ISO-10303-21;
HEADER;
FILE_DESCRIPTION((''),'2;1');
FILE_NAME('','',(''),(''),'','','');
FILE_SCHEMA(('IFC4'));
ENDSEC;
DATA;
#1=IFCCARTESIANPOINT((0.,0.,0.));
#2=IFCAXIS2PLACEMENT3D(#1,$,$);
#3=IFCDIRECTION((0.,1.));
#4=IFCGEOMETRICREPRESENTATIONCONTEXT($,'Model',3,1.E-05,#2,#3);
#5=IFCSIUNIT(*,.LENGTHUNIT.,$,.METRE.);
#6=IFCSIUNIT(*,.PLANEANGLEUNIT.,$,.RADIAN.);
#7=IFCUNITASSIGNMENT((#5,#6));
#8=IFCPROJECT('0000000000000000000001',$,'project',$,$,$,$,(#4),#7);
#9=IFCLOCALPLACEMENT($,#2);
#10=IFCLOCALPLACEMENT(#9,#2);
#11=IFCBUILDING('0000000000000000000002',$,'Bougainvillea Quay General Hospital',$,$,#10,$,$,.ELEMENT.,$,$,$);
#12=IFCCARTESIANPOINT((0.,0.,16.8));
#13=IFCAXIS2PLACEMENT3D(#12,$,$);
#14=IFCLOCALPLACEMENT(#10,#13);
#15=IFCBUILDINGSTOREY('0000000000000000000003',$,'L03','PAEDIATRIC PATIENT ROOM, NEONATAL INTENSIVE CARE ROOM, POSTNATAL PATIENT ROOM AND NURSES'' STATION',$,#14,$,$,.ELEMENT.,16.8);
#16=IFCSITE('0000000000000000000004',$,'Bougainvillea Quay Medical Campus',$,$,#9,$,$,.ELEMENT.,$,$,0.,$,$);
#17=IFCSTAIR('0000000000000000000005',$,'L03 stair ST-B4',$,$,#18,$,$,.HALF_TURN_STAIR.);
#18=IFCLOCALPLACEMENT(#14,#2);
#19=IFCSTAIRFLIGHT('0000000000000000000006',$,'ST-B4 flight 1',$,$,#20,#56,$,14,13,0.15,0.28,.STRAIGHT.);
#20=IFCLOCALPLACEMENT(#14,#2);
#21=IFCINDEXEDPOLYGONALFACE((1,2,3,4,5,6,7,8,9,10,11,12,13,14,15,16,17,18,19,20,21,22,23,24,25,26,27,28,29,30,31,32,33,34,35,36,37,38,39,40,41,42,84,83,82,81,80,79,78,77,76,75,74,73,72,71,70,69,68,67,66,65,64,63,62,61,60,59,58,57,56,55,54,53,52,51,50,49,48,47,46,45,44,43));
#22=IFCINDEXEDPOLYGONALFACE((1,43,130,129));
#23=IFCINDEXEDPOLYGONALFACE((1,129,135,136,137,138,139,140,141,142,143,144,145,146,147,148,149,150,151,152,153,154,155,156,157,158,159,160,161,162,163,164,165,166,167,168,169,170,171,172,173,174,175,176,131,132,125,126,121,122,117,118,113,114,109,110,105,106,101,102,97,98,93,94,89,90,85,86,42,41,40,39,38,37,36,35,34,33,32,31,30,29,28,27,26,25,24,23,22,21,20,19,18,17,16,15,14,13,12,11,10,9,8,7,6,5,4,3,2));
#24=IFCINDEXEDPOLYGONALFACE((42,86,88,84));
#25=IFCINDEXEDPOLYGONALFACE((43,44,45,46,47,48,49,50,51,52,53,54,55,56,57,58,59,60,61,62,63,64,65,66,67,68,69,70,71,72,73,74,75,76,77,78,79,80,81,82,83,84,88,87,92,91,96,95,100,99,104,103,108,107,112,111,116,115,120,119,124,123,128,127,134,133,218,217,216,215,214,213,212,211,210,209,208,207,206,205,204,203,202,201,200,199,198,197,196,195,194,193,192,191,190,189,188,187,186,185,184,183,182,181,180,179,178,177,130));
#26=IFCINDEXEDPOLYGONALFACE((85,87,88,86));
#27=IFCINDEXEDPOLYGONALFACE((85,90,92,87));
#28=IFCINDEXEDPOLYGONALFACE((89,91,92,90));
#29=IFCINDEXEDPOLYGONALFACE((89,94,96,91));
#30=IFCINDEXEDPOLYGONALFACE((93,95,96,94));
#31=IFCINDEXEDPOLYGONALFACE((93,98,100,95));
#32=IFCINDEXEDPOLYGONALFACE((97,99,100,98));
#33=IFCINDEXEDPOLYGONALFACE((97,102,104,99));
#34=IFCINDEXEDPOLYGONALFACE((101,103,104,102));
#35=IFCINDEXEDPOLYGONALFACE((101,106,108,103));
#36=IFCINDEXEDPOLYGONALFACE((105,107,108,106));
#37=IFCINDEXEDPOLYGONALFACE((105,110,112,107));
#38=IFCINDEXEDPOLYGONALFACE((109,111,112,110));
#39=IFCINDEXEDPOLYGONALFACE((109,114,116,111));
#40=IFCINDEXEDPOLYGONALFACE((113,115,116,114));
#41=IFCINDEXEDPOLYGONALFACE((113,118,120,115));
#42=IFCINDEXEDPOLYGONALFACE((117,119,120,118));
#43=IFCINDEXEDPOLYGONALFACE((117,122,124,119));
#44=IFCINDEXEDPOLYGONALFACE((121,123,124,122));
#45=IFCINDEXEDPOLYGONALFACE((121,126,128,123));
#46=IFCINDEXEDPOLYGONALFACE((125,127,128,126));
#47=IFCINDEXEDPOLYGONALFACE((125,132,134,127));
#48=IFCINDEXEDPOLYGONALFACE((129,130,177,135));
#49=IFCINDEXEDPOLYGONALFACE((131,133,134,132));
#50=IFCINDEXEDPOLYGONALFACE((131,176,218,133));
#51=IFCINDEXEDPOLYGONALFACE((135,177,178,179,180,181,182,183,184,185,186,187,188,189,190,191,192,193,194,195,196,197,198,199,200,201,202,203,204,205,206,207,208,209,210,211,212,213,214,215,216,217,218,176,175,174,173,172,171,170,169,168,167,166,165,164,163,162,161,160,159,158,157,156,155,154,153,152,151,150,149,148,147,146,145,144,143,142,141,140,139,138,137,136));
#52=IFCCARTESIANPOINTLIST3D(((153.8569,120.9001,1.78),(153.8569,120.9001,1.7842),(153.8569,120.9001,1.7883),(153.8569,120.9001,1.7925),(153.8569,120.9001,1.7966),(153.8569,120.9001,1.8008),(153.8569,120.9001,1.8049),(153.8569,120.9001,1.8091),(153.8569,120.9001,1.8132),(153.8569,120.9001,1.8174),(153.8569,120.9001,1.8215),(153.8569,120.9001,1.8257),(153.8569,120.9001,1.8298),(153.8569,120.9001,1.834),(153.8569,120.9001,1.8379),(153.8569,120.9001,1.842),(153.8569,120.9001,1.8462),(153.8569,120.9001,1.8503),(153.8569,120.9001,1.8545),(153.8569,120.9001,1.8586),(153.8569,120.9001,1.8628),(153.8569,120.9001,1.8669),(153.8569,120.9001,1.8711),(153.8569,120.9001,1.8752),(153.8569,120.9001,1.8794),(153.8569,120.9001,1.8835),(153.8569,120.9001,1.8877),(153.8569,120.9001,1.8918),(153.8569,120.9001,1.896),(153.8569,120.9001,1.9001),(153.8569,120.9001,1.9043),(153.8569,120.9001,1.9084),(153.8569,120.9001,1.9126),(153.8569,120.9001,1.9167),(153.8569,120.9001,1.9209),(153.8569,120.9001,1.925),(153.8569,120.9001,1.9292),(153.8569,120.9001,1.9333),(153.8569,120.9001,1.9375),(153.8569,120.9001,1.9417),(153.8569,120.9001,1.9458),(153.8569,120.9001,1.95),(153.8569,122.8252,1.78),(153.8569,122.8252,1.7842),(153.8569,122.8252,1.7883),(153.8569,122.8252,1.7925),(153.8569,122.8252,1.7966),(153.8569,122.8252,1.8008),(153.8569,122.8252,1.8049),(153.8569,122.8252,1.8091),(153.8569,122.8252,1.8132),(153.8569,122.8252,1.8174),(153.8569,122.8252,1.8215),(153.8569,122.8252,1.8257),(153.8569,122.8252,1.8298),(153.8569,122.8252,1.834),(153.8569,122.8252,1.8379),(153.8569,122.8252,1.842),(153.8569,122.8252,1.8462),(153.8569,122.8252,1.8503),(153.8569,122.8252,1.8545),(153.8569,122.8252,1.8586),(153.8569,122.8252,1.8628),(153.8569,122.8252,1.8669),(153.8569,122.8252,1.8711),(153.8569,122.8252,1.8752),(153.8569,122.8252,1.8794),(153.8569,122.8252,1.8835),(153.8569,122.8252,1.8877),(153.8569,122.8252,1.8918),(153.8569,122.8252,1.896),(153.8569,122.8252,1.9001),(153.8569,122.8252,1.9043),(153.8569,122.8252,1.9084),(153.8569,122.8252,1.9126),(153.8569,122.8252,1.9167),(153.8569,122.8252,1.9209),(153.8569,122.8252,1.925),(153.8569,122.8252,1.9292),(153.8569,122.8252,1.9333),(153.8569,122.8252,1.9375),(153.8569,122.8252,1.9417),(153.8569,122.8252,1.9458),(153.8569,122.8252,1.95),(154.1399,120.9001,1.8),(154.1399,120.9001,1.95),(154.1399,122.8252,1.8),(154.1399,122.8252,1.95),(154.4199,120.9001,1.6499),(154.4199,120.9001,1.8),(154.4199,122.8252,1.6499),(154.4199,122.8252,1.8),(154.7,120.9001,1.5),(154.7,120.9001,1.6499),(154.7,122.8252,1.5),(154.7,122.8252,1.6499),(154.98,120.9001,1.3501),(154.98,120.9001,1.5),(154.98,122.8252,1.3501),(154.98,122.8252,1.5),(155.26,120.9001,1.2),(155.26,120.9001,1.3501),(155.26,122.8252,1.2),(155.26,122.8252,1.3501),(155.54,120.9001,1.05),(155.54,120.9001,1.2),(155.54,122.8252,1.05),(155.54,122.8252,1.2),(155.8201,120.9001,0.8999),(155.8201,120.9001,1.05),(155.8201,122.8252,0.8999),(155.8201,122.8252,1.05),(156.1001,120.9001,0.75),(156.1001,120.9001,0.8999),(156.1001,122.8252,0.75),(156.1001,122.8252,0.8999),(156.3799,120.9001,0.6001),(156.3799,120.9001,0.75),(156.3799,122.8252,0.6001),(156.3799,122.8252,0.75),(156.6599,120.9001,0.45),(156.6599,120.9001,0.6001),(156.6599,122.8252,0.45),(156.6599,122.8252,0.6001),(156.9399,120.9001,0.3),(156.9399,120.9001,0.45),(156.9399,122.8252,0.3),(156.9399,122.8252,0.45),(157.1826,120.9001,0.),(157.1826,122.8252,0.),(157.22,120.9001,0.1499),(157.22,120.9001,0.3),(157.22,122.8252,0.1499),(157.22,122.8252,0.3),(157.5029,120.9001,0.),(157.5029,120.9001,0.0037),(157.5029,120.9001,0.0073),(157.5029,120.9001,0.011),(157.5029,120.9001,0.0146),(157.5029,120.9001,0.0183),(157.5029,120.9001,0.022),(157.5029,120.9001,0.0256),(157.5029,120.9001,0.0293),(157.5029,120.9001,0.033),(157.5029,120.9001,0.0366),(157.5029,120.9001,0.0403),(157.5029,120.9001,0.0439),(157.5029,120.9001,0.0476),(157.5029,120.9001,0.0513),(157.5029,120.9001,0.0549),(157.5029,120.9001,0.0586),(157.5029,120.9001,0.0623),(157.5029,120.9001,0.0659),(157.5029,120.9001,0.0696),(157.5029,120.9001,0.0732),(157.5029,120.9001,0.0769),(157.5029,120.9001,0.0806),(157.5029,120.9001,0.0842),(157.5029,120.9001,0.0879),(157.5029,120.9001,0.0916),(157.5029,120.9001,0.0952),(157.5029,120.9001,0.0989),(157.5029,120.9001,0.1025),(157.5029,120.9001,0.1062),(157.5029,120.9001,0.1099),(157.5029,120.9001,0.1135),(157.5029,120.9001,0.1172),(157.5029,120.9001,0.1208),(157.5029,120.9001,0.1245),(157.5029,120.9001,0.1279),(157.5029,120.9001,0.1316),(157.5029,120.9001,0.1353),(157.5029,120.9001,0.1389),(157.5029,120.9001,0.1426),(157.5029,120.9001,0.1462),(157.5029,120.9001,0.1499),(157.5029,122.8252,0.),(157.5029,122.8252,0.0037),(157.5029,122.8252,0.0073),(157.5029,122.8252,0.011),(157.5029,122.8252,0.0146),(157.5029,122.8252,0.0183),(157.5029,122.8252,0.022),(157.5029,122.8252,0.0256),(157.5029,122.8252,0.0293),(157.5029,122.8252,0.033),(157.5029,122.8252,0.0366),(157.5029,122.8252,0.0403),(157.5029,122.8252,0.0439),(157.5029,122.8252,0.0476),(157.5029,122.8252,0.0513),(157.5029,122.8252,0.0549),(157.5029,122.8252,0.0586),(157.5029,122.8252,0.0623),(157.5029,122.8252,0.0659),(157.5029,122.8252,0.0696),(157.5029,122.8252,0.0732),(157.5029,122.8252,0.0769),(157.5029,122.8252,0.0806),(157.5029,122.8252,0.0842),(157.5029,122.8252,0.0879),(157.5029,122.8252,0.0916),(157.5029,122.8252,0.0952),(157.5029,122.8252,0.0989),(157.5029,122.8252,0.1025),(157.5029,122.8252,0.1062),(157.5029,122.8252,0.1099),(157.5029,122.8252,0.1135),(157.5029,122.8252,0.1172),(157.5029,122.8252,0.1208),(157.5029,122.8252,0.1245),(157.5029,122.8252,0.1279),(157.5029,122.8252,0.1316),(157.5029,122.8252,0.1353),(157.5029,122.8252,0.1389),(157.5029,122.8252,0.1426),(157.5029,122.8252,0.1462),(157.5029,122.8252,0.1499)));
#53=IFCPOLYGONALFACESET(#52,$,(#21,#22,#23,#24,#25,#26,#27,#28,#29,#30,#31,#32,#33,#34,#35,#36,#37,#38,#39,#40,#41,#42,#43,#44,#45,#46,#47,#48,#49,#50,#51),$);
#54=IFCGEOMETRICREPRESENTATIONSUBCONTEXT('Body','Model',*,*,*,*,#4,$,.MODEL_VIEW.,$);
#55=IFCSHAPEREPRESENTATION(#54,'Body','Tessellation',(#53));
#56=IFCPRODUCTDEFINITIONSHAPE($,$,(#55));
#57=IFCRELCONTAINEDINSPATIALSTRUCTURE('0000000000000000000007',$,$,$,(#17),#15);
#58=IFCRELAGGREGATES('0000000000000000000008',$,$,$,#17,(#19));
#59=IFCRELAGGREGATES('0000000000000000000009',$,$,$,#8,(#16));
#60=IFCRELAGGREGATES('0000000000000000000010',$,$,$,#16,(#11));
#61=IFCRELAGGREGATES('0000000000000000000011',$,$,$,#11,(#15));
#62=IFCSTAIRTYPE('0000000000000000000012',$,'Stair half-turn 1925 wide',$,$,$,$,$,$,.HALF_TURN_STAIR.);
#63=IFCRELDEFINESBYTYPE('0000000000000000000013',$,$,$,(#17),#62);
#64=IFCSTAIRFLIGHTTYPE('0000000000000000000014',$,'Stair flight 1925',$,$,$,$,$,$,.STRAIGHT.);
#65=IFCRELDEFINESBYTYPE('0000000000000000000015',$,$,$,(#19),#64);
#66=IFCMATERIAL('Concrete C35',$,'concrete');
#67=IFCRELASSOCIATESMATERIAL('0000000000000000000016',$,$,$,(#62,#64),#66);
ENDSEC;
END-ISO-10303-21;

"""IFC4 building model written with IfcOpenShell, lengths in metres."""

from ifc_helpers import new_model, si_unit, direction, frame, origin, place, context, subcontext, project, spatial, polyline, outline, extrude, material, type_object, element, aggregate, save


model = new_model("IFC4")

# Units and contexts
model_context = context("Model", 3, precision=1e-05, world=origin(), true_north=direction((0.0, 1.0)))
body_context = subcontext(model_context, "Body", "Model", "MODEL_VIEW")
ifc_project = project(units=[si_unit("LENGTHUNIT", "METRE"), si_unit("PLANEANGLEUNIT", "RADIAN")], contexts=[model_context])

# Site, building, storey
site_placement = place(None, origin())
site = spatial("IfcSite", under=ifc_project, at=site_placement, Name="Bougainvillea Quay Medical Campus", CompositionType="ELEMENT", RefElevation=0.0)
building_placement = place(site_placement, origin())
building = spatial("IfcBuilding", under=site, at=building_placement, Name="Bougainvillea Quay General Hospital", CompositionType="ELEMENT")
storey_placement = place(building_placement, frame((0.0, 0.0, 16.8)))
storey = spatial("IfcBuildingStorey", under=building, at=storey_placement, Name="L03", Description="PAEDIATRIC PATIENT ROOM, NEONATAL INTENSIVE CARE ROOM, POSTNATAL PATIENT ROOM AND NURSES' STATION", CompositionType="ELEMENT", Elevation=16.8)

# Stair, stair flight
ifc_material_1 = material(Name="Concrete C35", Category="concrete")
stair_type = type_object("IfcStairType", Name="Stair half-turn 1925 wide", PredefinedType="HALF_TURN_STAIR", material=ifc_material_1)
stair_placement = place(storey_placement, origin())
stair = element("IfcStair", 1, at=stair_placement, inside=storey, type_object=stair_type, Name="L03 stair ST-B4", PredefinedType="HALF_TURN_STAIR")
stair_flight_type = type_object("IfcStairFlightType", Name="Stair flight 1925", PredefinedType="STRAIGHT", material=ifc_material_1)
stair_flight_placement = place(storey_placement, frame((157.5, 121.8625, 0.0), z_axis=(0.0, 0.0, 1.0), x_axis=(-1.0, 0.0, 0.0)))
stair_flight = element("IfcStairFlight", 2, at=stair_flight_placement, type_object=stair_flight_type, Name="ST-B4 flight 1", NumberOfRisers=14, NumberOfTreads=13, PredefinedType="STRAIGHT", RiserHeight=0.15, TreadLength=0.28, context=body_context, shape_type="SweptSolid", body=[
    extrude(outline(polyline([(-0.0029, 0.0), (-0.0029, 0.0037), (-0.0029, 0.0073), (-0.0029, 0.011), (-0.0029, 0.0146), (-0.0029, 0.0183), (-0.0029, 0.022), (-0.0029, 0.0256), (-0.0029, 0.0293), (-0.0029, 0.033), (-0.0029, 0.0366), (-0.0029, 0.0403), (-0.0029, 0.0439), (-0.0029, 0.0476), (-0.0029, 0.0513), (-0.0029, 0.0549), (-0.0029, 0.0586), (-0.0029, 0.0623), (-0.0029, 0.0659), (-0.0029, 0.0696), (-0.0029, 0.0732), (-0.0029, 0.0769), (-0.0029, 0.0806), (-0.0029, 0.0842), (-0.0029, 0.0879), (-0.0029, 0.0916), (-0.0029, 0.0952), (-0.0029, 0.0989), (-0.0029, 0.1025), (-0.0029, 0.1062), (-0.0029, 0.1099), (-0.0029, 0.1135), (-0.0029, 0.1172), (-0.0029, 0.1208), (-0.0029, 0.1245), (-0.0029, 0.1279), (-0.0029, 0.1316), (-0.0029, 0.1353), (-0.0029, 0.1389), (-0.0029, 0.1426), (-0.0029, 0.1462), (-0.0029, 0.1499), (0.28, 0.1499), (0.28, 0.3), (0.5601, 0.3), (0.5601, 0.45), (0.8401, 0.45), (0.8401, 0.6001), (1.1201, 0.6001), (1.1201, 0.75), (1.3999, 0.75), (1.3999, 0.8999), (1.6799, 0.8999), (1.6799, 1.05), (1.96, 1.05), (1.96, 1.2), (2.24, 1.2), (2.24, 1.3501), (2.52, 1.3501), (2.52, 1.5), (2.8, 1.5), (2.8, 1.6499), (3.0801, 1.6499), (3.0801, 1.8), (3.3601, 1.8), (3.3601, 1.95), (3.6431, 1.95), (3.6431, 1.9458), (3.6431, 1.9417), (3.6431, 1.9375), (3.6431, 1.9333), (3.6431, 1.9292), (3.6431, 1.925), (3.6431, 1.9209), (3.6431, 1.9167), (3.6431, 1.9126), (3.6431, 1.9084), (3.6431, 1.9043), (3.6431, 1.9001), (3.6431, 1.896), (3.6431, 1.8918), (3.6431, 1.8877), (3.6431, 1.8835), (3.6431, 1.8794), (3.6431, 1.8752), (3.6431, 1.8711), (3.6431, 1.8669), (3.6431, 1.8628), (3.6431, 1.8586), (3.6431, 1.8545), (3.6431, 1.8503), (3.6431, 1.8462), (3.6431, 1.842), (3.6431, 1.8379), (3.6431, 1.834), (3.6431, 1.8298), (3.6431, 1.8257), (3.6431, 1.8215), (3.6431, 1.8174), (3.6431, 1.8132), (3.6431, 1.8091), (3.6431, 1.8049), (3.6431, 1.8008), (3.6431, 1.7966), (3.6431, 1.7925), (3.6431, 1.7883), (3.6431, 1.7842), (3.6431, 1.78), (0.3174, 0.0), (-0.0029, 0.0)])), frame((0.0, 0.9624, 0.0), z_axis=(0.0, -1.0, 0.0), x_axis=(1.0, 0.0, 0.0)), (0.0, 0.0, 1.0), 1.925),
])
aggregate(stair, [stair_flight])

save(model, "model.ifc")
